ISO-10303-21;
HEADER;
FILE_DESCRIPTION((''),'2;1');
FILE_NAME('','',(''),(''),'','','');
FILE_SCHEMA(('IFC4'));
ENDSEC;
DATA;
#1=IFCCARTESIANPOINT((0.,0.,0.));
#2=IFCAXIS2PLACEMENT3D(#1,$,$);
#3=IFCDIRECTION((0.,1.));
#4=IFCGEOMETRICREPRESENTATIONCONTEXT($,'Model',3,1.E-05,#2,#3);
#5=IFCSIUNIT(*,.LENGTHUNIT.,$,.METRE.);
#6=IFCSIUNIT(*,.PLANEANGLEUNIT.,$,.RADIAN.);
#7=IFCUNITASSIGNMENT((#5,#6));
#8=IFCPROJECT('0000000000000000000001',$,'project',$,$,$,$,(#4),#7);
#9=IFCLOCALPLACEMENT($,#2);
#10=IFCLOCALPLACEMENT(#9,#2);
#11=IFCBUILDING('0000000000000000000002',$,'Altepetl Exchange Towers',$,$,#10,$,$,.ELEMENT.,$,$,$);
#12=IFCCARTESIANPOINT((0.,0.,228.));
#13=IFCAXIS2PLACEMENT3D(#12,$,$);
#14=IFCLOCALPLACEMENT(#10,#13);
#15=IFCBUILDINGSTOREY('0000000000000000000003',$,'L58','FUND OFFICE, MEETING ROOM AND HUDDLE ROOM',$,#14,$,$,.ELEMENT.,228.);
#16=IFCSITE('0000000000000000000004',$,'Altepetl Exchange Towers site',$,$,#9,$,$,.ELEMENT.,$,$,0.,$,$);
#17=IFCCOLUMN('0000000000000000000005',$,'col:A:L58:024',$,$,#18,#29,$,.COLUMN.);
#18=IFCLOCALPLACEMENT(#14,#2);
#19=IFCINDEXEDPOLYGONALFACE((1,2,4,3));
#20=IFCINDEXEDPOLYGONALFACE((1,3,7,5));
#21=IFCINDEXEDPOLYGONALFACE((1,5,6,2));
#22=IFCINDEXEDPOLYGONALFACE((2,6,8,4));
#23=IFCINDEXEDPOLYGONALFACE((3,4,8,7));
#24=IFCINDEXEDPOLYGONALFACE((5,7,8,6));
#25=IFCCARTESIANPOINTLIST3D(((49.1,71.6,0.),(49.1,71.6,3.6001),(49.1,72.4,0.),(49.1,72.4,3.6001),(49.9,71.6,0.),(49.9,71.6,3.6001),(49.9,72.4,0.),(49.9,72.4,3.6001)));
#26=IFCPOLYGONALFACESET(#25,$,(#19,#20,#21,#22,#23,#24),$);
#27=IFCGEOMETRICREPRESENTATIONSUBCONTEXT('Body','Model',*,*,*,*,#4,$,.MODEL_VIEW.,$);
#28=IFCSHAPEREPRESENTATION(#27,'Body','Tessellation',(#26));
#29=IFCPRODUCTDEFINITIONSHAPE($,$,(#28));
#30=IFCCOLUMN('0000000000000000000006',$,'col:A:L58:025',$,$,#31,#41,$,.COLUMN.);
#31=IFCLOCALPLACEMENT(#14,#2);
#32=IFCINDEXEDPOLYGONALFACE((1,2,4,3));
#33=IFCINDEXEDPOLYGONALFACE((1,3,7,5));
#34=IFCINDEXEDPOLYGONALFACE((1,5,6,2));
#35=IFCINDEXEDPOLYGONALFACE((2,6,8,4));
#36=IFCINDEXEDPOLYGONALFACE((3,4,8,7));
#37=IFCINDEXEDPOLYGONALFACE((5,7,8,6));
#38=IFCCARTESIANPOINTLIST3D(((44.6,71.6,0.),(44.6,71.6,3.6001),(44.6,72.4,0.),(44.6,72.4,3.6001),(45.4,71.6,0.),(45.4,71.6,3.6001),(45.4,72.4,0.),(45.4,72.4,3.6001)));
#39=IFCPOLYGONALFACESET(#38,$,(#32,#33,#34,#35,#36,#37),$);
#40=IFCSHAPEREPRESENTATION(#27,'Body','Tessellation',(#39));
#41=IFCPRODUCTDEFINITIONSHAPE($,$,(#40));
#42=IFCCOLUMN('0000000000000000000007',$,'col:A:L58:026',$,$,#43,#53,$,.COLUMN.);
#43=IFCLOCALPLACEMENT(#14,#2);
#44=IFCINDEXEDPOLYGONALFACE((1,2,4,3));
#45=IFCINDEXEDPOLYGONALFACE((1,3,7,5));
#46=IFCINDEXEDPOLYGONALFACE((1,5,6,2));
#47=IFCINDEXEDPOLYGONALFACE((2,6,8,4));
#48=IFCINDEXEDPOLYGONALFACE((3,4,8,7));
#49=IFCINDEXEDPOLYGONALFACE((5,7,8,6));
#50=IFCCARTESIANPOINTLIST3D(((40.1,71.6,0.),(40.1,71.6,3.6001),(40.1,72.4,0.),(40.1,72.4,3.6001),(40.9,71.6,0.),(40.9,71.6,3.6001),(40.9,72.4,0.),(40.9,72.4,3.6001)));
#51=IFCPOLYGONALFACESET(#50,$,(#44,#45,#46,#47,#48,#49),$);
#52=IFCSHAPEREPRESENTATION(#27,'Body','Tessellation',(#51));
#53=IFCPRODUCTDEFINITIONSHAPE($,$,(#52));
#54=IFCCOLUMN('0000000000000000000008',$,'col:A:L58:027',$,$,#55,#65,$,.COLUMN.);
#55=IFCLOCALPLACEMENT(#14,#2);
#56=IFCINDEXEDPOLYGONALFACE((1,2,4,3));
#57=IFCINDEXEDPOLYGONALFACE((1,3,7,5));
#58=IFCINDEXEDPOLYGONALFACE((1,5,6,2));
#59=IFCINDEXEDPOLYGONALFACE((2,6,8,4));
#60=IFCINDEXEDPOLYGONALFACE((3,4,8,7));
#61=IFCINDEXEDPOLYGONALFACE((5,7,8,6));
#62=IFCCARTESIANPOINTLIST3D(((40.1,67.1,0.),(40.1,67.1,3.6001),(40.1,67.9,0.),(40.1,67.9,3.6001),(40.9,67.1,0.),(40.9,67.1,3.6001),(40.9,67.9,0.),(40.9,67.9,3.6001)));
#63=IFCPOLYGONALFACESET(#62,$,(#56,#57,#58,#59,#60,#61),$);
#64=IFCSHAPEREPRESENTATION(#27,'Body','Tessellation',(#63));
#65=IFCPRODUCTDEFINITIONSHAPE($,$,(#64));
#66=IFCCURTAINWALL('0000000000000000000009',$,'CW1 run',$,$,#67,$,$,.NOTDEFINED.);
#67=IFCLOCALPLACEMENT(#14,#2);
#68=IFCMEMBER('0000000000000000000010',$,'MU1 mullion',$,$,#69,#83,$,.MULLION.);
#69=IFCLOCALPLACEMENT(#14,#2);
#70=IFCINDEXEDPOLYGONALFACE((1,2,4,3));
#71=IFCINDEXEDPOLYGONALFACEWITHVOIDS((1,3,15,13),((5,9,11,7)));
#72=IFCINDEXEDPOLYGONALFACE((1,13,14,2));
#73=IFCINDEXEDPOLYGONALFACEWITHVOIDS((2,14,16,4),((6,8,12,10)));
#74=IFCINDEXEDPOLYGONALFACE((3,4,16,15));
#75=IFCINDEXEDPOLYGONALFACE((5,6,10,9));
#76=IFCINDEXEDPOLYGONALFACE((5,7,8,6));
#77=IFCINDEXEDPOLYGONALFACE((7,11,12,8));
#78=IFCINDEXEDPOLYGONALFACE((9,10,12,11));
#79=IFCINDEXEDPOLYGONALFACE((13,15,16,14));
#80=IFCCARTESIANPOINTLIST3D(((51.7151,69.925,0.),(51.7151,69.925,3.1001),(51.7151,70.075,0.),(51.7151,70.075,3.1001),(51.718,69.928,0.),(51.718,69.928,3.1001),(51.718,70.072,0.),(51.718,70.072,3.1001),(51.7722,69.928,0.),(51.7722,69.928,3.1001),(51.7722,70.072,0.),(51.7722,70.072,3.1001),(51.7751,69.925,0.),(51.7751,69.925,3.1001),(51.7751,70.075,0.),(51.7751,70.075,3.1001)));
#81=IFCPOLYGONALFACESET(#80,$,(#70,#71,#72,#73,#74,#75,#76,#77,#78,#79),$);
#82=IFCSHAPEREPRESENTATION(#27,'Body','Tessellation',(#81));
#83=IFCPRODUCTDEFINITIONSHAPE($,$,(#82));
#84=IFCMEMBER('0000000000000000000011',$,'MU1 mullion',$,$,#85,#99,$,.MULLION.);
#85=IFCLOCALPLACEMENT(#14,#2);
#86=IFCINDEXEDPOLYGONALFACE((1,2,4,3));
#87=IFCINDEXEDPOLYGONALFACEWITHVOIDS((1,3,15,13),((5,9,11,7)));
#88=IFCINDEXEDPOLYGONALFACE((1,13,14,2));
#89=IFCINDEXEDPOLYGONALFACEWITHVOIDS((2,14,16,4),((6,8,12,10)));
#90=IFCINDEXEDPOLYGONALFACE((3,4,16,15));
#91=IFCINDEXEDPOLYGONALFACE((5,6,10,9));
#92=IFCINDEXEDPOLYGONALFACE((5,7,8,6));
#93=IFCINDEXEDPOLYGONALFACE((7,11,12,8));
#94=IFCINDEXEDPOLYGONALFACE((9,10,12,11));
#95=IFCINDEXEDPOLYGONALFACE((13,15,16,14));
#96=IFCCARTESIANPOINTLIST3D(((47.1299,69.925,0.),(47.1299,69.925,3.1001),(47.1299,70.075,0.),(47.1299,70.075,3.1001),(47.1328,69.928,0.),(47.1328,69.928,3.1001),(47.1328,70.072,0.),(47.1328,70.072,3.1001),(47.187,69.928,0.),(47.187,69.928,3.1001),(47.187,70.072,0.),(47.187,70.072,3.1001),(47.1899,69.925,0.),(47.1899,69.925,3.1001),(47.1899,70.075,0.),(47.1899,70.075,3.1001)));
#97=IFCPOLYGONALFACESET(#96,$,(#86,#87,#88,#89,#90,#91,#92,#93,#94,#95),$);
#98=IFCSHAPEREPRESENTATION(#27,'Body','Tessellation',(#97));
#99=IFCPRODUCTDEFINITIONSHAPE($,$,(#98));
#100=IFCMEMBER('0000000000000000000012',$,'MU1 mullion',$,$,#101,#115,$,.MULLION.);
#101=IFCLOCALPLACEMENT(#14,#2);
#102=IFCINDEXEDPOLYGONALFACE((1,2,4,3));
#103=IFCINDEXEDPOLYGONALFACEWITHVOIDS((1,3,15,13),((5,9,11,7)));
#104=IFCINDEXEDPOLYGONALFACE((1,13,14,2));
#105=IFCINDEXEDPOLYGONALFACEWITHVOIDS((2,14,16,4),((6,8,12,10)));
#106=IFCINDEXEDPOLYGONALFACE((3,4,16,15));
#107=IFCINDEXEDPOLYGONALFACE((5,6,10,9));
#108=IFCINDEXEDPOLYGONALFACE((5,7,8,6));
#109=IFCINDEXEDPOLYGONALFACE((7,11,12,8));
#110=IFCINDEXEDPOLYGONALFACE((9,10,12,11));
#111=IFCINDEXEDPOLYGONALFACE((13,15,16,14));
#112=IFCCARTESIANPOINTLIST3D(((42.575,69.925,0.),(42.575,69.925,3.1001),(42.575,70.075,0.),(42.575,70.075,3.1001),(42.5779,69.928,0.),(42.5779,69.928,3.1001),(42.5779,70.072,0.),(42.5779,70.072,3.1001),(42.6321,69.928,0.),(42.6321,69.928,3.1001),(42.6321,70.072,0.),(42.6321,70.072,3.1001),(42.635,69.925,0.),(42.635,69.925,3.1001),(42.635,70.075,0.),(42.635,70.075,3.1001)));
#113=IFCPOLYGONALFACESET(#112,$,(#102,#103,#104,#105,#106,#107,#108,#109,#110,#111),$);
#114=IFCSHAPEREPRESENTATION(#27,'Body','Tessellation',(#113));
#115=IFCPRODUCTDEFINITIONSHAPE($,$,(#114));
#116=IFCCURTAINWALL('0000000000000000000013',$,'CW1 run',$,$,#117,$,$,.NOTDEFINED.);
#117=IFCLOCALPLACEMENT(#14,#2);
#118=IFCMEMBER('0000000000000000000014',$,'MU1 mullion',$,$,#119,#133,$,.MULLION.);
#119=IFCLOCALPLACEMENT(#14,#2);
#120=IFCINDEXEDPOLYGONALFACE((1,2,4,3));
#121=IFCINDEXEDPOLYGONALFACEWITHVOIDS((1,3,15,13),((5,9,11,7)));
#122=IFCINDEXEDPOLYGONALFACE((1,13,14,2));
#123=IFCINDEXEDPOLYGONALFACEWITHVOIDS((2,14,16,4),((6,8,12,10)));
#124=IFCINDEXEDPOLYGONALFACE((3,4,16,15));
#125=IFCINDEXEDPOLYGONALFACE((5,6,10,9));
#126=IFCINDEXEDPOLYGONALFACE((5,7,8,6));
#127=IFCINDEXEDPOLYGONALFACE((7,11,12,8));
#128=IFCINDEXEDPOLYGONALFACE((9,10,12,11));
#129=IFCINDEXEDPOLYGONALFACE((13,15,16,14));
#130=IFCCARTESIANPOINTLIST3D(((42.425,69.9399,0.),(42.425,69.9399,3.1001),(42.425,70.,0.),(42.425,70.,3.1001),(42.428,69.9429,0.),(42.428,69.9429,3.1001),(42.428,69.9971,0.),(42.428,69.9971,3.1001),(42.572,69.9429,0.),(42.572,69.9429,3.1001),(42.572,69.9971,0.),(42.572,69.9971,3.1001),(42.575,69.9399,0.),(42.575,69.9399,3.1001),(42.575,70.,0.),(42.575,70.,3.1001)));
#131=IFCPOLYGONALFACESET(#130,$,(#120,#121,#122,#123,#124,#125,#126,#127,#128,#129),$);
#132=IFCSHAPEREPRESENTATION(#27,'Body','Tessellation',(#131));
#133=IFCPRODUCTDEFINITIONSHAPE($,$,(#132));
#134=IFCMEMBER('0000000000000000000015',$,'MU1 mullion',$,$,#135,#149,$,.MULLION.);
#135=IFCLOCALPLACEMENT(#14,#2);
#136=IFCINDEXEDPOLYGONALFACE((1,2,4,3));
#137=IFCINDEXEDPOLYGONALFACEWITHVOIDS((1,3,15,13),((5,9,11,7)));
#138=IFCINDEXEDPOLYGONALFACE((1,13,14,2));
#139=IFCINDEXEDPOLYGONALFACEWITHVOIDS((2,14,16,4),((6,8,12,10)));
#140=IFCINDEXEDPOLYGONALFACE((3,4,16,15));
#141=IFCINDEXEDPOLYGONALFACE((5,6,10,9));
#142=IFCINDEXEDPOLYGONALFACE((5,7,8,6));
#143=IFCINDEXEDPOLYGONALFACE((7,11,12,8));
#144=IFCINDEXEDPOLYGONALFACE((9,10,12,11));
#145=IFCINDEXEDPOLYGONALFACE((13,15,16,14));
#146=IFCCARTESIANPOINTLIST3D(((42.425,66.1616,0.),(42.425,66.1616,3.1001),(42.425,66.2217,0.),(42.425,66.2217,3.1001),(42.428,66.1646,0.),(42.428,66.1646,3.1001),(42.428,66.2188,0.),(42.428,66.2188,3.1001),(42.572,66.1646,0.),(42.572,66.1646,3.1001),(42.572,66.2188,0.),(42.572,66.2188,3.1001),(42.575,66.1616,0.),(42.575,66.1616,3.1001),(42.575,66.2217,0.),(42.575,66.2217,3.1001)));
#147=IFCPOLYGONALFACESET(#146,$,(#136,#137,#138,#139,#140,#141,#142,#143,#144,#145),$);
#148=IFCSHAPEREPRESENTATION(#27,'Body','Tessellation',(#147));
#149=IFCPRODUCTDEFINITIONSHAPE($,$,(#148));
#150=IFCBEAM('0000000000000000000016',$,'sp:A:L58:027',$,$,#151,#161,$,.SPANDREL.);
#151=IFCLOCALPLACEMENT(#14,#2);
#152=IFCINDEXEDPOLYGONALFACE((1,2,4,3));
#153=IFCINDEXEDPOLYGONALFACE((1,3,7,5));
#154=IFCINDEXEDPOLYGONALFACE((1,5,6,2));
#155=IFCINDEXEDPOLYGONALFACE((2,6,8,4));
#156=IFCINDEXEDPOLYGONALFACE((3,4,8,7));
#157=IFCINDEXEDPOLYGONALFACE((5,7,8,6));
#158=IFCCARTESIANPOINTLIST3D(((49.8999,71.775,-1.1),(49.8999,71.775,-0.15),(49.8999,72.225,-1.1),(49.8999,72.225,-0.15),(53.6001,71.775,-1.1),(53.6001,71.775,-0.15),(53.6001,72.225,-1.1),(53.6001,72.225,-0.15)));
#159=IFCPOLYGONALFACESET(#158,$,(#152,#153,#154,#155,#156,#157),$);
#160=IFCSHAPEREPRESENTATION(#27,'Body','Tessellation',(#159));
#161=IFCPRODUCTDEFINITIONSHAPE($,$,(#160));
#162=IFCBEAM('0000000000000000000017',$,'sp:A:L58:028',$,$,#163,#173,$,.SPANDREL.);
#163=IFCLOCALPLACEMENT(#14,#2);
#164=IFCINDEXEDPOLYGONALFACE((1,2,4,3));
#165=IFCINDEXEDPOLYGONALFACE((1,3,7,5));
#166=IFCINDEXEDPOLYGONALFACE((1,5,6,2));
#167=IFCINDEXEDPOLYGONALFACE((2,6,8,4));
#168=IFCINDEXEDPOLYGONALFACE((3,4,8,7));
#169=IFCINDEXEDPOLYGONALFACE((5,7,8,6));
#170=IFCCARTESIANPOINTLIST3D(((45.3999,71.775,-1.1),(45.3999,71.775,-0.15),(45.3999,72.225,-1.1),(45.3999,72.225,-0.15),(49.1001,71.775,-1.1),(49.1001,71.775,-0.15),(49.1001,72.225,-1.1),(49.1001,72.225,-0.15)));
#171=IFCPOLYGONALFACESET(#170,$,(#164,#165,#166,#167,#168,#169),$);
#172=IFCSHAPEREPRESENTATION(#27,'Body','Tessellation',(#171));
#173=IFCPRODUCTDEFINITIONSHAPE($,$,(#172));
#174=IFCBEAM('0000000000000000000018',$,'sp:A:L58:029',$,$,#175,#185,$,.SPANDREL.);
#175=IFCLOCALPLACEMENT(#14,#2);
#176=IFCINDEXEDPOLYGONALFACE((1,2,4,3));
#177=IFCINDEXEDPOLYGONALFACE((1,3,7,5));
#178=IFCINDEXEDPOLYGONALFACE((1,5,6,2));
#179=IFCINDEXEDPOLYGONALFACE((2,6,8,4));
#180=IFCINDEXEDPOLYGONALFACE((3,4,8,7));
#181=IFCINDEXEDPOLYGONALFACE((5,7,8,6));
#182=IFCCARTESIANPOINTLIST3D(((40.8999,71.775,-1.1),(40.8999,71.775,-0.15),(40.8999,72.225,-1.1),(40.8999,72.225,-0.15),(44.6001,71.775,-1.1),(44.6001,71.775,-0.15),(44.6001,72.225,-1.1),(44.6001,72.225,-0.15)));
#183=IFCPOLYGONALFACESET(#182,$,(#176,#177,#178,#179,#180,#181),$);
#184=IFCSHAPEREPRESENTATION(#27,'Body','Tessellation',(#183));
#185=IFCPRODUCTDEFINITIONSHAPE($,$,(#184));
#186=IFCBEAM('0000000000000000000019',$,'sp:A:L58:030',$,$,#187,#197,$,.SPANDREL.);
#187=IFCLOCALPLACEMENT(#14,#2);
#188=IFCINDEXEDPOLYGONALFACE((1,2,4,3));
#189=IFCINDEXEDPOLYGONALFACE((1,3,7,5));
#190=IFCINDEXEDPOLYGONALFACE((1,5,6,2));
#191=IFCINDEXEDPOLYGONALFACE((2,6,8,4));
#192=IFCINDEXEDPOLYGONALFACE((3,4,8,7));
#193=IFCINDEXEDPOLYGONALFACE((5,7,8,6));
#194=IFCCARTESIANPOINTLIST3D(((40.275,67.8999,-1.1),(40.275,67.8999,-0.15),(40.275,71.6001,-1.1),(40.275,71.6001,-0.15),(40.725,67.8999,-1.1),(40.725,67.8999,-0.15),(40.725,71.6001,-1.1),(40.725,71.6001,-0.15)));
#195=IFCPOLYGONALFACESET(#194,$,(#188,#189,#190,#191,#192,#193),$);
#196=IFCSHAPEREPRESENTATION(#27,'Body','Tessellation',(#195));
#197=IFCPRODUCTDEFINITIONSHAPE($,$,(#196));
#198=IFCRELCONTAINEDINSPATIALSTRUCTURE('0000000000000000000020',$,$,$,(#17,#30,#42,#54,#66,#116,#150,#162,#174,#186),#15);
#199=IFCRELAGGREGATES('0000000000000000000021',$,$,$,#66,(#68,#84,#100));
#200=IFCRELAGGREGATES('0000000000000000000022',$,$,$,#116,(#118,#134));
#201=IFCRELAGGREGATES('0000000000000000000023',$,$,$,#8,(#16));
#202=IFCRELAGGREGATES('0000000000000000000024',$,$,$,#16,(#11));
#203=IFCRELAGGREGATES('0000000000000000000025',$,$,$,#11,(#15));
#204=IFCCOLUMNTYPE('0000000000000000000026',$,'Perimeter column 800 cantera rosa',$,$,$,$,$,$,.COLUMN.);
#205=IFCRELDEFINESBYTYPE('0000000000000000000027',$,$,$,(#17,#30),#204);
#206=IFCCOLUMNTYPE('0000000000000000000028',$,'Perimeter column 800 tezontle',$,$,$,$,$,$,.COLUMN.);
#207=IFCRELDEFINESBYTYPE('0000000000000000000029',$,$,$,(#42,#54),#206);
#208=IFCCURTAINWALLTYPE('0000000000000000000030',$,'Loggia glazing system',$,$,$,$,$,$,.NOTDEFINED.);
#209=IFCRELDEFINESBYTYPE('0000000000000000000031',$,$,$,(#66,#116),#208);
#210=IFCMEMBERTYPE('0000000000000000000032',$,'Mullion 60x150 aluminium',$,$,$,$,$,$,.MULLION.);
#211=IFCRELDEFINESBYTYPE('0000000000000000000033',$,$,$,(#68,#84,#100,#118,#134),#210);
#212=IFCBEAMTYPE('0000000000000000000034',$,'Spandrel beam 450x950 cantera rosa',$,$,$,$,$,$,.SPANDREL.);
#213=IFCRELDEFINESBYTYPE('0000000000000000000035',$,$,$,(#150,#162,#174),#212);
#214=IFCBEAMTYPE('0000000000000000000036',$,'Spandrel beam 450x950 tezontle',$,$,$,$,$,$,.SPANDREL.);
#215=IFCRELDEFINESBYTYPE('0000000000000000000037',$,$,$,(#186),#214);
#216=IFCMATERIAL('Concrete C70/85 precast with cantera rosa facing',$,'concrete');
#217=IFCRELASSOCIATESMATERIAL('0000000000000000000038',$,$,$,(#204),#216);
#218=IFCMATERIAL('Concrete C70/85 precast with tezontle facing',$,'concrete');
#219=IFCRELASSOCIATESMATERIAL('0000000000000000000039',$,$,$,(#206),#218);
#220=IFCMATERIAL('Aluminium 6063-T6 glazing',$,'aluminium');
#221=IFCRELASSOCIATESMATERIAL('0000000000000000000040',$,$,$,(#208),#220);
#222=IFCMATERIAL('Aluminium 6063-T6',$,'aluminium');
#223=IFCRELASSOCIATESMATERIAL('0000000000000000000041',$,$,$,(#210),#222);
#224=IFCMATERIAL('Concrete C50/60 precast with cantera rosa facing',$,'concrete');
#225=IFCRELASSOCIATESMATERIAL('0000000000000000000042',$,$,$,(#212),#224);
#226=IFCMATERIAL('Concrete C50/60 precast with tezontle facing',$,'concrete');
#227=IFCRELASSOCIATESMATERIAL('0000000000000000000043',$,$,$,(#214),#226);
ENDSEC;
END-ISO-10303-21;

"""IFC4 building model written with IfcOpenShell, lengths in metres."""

from ifc_helpers import new_model, si_unit, direction, frame, origin, origin_2d, place, context, subcontext, project, spatial, rectangle, hollow_rectangle, extrude, material, material_profile, profile_set, type_object, element, aggregate, save


model = new_model("IFC4")

# Units and contexts
model_context = context("Model", 3, precision=1e-05, world=origin(), true_north=direction((0.0, 1.0)))
body_context = subcontext(model_context, "Body", "Model", "MODEL_VIEW")
ifc_project = project(units=[si_unit("LENGTHUNIT", "METRE"), si_unit("PLANEANGLEUNIT", "RADIAN")], contexts=[model_context])

# Site, building, storey
site_placement = place(None, origin())
site = spatial("IfcSite", under=ifc_project, at=site_placement, Name="Altepetl Exchange Towers site", CompositionType="ELEMENT", RefElevation=0.0)
building_placement = place(site_placement, origin())
building = spatial("IfcBuilding", under=site, at=building_placement, Name="Altepetl Exchange Towers", CompositionType="ELEMENT")
storey_placement = place(building_placement, frame((0.0, 0.0, 228.0)))
storey = spatial("IfcBuildingStorey", under=building, at=storey_placement, Name="L58", Description="FUND OFFICE, MEETING ROOM AND HUDDLE ROOM", CompositionType="ELEMENT", Elevation=228.0)

# Columns
ifc_material_1 = material(Name="Concrete C70/85 precast with cantera rosa facing", Category="concrete")
ifc_material_profile_1 = material_profile(ifc_material_1, rectangle(XDim=0.8, YDim=0.8, at=origin_2d()), Name="800 x 800")
ifc_profile_set_1 = profile_set([ifc_material_profile_1], Name="Concrete C70/85 precast with cantera rosa facing")
column_type_1 = type_object("IfcColumnType", Name="Perimeter column 800 cantera rosa", PredefinedType="COLUMN", material=ifc_profile_set_1)
for number, where, name in (
    (1, (49.5, 72.0, 0.0), "col:A:L58:024"),
    (2, (45.0, 72.0, 0.0), "col:A:L58:025"),
):
    element("IfcColumn", number, at=place(storey_placement, frame(where)), inside=storey, type_object=column_type_1, Name=name, PredefinedType="COLUMN", context=body_context, shape_type="SweptSolid", body=[
        extrude(rectangle(XDim=0.8, YDim=0.8, at=origin_2d()), origin(), (0.0, 0.0, 1.0), 3.6001),
    ])
ifc_material_2 = material(Name="Concrete C70/85 precast with tezontle facing", Category="concrete")
ifc_material_profile_2 = material_profile(ifc_material_2, rectangle(XDim=0.8, YDim=0.8, at=origin_2d()), Name="800 x 800")
ifc_profile_set_2 = profile_set([ifc_material_profile_2], Name="Concrete C70/85 precast with tezontle facing")
column_type_2 = type_object("IfcColumnType", Name="Perimeter column 800 tezontle", PredefinedType="COLUMN", material=ifc_profile_set_2)
for number, where, name in (
    (3, (40.5, 72.0, 0.0), "col:A:L58:026"),
    (4, (40.5, 67.5, 0.0), "col:A:L58:027"),
):
    element("IfcColumn", number, at=place(storey_placement, frame(where)), inside=storey, type_object=column_type_2, Name=name, PredefinedType="COLUMN", context=body_context, shape_type="SweptSolid", body=[
        extrude(rectangle(XDim=0.8, YDim=0.8, at=origin_2d()), origin(), (0.0, 0.0, 1.0), 3.6001),
    ])

# Curtain walls, members
ifc_material_3 = material(Name="Aluminium 6063-T6 glazing", Category="aluminium")
curtain_wall_type = type_object("IfcCurtainWallType", Name="Loggia glazing system", PredefinedType="NOTDEFINED", material=ifc_material_3)
curtain_wall_1_placement = place(storey_placement, origin())
curtain_wall_1 = element("IfcCurtainWall", 5, at=curtain_wall_1_placement, inside=storey, type_object=curtain_wall_type, Name="CW1 run", PredefinedType="NOTDEFINED")
ifc_material_4 = material(Name="Aluminium 6063-T6", Category="aluminium")
ifc_material_profile_3 = material_profile(ifc_material_4, hollow_rectangle(XDim=0.0601, YDim=0.1499, WallThickness=0.0029, at=origin_2d()), Name="Mullion 60x150 aluminium")
ifc_profile_set_3 = profile_set([ifc_material_profile_3], Name="Aluminium 6063-T6")
member_type = type_object("IfcMemberType", Name="Mullion 60x150 aluminium", PredefinedType="MULLION", material=ifc_profile_set_3)
member_1_placement = place(storey_placement, frame((51.7451, 70.0, 0.0), z_axis=(0.0, 0.0, 1.0), x_axis=(-1.0, 0.0, 0.0)))
member_1 = element("IfcMember", 6, at=member_1_placement, type_object=member_type, Name="MU1 mullion", PredefinedType="MULLION", context=body_context, shape_type="SweptSolid", body=[
    extrude(hollow_rectangle(XDim=0.0601, YDim=0.1499, WallThickness=0.0029, at=origin_2d()), origin(), (0.0, 0.0, 1.0), 3.1001),
])
member_2_placement = place(storey_placement, frame((47.1599, 70.0, 0.0), z_axis=(0.0, 0.0, 1.0), x_axis=(-1.0, 0.0, 0.0)))
member_2 = element("IfcMember", 7, at=member_2_placement, type_object=member_type, Name="MU1 mullion", PredefinedType="MULLION", context=body_context, shape_type="SweptSolid", body=[
    extrude(hollow_rectangle(XDim=0.0601, YDim=0.1499, WallThickness=0.0029, at=origin_2d()), origin(), (0.0, 0.0, 1.0), 3.1001),
])
member_3_placement = place(storey_placement, frame((42.605, 70.0, 0.0), z_axis=(0.0, 0.0, 1.0), x_axis=(-1.0, 0.0, 0.0)))
member_3 = element("IfcMember", 8, at=member_3_placement, type_object=member_type, Name="MU1 mullion", PredefinedType="MULLION", context=body_context, shape_type="SweptSolid", body=[
    extrude(hollow_rectangle(XDim=0.0601, YDim=0.1499, WallThickness=0.0029, at=origin_2d()), origin(), (0.0, 0.0, 1.0), 3.1001),
])
curtain_wall_2_placement = place(storey_placement, origin())
curtain_wall_2 = element("IfcCurtainWall", 9, at=curtain_wall_2_placement, inside=storey, type_object=curtain_wall_type, Name="CW1 run", PredefinedType="NOTDEFINED")
member_4_placement = place(storey_placement, frame((42.5, 69.97, 0.0), z_axis=(0.0, 0.0, 1.0), x_axis=(0.0, -1.0, 0.0)))
member_4 = element("IfcMember", 10, at=member_4_placement, type_object=member_type, Name="MU1 mullion", PredefinedType="MULLION", context=body_context, shape_type="SweptSolid", body=[
    extrude(hollow_rectangle(XDim=0.0601, YDim=0.1499, WallThickness=0.0029, at=origin_2d()), origin(), (0.0, 0.0, 1.0), 3.1001),
])
member_5_placement = place(storey_placement, frame((42.5, 66.1917, 0.0), z_axis=(0.0, 0.0, 1.0), x_axis=(0.0, -1.0, 0.0)))
member_5 = element("IfcMember", 11, at=member_5_placement, type_object=member_type, Name="MU1 mullion", PredefinedType="MULLION", context=body_context, shape_type="SweptSolid", body=[
    extrude(hollow_rectangle(XDim=0.0601, YDim=0.1499, WallThickness=0.0029, at=origin_2d()), origin(), (0.0, 0.0, 1.0), 3.1001),
])

# Beams
ifc_material_5 = material(Name="Concrete C50/60 precast with cantera rosa facing", Category="concrete")
ifc_material_profile_4 = material_profile(ifc_material_5, rectangle(XDim=0.45, YDim=0.95, at=origin_2d()), Name="450 x 950")
ifc_profile_set_4 = profile_set([ifc_material_profile_4], Name="Concrete C50/60 precast with cantera rosa facing")
beam_type_1 = type_object("IfcBeamType", Name="Spandrel beam 450x950 cantera rosa", PredefinedType="SPANDREL", material=ifc_profile_set_4)
for number, where, z_axis, x_axis, name in (
    (12, (53.6001, 72.0, -0.625), (-1.0, 0.0, 0.0), (0.0, -1.0, 0.0), "sp:A:L58:027"),
    (13, (49.1001, 72.0, -0.625), (-1.0, 0.0, 0.0), (0.0, -1.0, 0.0), "sp:A:L58:028"),
    (14, (44.6001, 72.0, -0.625), (-1.0, 0.0, 0.0), (0.0, -1.0, 0.0), "sp:A:L58:029"),
):
    element("IfcBeam", number, at=place(storey_placement, frame(where, z_axis=z_axis, x_axis=x_axis)), inside=storey, type_object=beam_type_1, Name=name, PredefinedType="SPANDREL", context=body_context, shape_type="SweptSolid", body=[
        extrude(rectangle(XDim=0.45, YDim=0.95, at=origin_2d()), origin(), (0.0, 0.0, 1.0), 3.7002),
    ])
ifc_material_6 = material(Name="Concrete C50/60 precast with tezontle facing", Category="concrete")
ifc_material_profile_5 = material_profile(ifc_material_6, rectangle(XDim=0.45, YDim=0.95, at=origin_2d()), Name="450 x 950")
ifc_profile_set_5 = profile_set([ifc_material_profile_5], Name="Concrete C50/60 precast with tezontle facing")
beam_type_2 = type_object("IfcBeamType", Name="Spandrel beam 450x950 tezontle", PredefinedType="SPANDREL", material=ifc_profile_set_5)
for number, where, z_axis, x_axis, name in (
    (15, (40.5, 71.6001, -0.625), (0.0, -1.0, 0.0), (1.0, 0.0, 0.0), "sp:A:L58:030"),
):
    element("IfcBeam", number, at=place(storey_placement, frame(where, z_axis=z_axis, x_axis=x_axis)), inside=storey, type_object=beam_type_2, Name=name, PredefinedType="SPANDREL", context=body_context, shape_type="SweptSolid", body=[
        extrude(rectangle(XDim=0.45, YDim=0.95, at=origin_2d()), origin(), (0.0, 0.0, 1.0), 3.7002),
    ])

aggregate(curtain_wall_1, [member_1, member_2, member_3])
aggregate(curtain_wall_2, [member_4, member_5])

save(model, "model.ifc")
